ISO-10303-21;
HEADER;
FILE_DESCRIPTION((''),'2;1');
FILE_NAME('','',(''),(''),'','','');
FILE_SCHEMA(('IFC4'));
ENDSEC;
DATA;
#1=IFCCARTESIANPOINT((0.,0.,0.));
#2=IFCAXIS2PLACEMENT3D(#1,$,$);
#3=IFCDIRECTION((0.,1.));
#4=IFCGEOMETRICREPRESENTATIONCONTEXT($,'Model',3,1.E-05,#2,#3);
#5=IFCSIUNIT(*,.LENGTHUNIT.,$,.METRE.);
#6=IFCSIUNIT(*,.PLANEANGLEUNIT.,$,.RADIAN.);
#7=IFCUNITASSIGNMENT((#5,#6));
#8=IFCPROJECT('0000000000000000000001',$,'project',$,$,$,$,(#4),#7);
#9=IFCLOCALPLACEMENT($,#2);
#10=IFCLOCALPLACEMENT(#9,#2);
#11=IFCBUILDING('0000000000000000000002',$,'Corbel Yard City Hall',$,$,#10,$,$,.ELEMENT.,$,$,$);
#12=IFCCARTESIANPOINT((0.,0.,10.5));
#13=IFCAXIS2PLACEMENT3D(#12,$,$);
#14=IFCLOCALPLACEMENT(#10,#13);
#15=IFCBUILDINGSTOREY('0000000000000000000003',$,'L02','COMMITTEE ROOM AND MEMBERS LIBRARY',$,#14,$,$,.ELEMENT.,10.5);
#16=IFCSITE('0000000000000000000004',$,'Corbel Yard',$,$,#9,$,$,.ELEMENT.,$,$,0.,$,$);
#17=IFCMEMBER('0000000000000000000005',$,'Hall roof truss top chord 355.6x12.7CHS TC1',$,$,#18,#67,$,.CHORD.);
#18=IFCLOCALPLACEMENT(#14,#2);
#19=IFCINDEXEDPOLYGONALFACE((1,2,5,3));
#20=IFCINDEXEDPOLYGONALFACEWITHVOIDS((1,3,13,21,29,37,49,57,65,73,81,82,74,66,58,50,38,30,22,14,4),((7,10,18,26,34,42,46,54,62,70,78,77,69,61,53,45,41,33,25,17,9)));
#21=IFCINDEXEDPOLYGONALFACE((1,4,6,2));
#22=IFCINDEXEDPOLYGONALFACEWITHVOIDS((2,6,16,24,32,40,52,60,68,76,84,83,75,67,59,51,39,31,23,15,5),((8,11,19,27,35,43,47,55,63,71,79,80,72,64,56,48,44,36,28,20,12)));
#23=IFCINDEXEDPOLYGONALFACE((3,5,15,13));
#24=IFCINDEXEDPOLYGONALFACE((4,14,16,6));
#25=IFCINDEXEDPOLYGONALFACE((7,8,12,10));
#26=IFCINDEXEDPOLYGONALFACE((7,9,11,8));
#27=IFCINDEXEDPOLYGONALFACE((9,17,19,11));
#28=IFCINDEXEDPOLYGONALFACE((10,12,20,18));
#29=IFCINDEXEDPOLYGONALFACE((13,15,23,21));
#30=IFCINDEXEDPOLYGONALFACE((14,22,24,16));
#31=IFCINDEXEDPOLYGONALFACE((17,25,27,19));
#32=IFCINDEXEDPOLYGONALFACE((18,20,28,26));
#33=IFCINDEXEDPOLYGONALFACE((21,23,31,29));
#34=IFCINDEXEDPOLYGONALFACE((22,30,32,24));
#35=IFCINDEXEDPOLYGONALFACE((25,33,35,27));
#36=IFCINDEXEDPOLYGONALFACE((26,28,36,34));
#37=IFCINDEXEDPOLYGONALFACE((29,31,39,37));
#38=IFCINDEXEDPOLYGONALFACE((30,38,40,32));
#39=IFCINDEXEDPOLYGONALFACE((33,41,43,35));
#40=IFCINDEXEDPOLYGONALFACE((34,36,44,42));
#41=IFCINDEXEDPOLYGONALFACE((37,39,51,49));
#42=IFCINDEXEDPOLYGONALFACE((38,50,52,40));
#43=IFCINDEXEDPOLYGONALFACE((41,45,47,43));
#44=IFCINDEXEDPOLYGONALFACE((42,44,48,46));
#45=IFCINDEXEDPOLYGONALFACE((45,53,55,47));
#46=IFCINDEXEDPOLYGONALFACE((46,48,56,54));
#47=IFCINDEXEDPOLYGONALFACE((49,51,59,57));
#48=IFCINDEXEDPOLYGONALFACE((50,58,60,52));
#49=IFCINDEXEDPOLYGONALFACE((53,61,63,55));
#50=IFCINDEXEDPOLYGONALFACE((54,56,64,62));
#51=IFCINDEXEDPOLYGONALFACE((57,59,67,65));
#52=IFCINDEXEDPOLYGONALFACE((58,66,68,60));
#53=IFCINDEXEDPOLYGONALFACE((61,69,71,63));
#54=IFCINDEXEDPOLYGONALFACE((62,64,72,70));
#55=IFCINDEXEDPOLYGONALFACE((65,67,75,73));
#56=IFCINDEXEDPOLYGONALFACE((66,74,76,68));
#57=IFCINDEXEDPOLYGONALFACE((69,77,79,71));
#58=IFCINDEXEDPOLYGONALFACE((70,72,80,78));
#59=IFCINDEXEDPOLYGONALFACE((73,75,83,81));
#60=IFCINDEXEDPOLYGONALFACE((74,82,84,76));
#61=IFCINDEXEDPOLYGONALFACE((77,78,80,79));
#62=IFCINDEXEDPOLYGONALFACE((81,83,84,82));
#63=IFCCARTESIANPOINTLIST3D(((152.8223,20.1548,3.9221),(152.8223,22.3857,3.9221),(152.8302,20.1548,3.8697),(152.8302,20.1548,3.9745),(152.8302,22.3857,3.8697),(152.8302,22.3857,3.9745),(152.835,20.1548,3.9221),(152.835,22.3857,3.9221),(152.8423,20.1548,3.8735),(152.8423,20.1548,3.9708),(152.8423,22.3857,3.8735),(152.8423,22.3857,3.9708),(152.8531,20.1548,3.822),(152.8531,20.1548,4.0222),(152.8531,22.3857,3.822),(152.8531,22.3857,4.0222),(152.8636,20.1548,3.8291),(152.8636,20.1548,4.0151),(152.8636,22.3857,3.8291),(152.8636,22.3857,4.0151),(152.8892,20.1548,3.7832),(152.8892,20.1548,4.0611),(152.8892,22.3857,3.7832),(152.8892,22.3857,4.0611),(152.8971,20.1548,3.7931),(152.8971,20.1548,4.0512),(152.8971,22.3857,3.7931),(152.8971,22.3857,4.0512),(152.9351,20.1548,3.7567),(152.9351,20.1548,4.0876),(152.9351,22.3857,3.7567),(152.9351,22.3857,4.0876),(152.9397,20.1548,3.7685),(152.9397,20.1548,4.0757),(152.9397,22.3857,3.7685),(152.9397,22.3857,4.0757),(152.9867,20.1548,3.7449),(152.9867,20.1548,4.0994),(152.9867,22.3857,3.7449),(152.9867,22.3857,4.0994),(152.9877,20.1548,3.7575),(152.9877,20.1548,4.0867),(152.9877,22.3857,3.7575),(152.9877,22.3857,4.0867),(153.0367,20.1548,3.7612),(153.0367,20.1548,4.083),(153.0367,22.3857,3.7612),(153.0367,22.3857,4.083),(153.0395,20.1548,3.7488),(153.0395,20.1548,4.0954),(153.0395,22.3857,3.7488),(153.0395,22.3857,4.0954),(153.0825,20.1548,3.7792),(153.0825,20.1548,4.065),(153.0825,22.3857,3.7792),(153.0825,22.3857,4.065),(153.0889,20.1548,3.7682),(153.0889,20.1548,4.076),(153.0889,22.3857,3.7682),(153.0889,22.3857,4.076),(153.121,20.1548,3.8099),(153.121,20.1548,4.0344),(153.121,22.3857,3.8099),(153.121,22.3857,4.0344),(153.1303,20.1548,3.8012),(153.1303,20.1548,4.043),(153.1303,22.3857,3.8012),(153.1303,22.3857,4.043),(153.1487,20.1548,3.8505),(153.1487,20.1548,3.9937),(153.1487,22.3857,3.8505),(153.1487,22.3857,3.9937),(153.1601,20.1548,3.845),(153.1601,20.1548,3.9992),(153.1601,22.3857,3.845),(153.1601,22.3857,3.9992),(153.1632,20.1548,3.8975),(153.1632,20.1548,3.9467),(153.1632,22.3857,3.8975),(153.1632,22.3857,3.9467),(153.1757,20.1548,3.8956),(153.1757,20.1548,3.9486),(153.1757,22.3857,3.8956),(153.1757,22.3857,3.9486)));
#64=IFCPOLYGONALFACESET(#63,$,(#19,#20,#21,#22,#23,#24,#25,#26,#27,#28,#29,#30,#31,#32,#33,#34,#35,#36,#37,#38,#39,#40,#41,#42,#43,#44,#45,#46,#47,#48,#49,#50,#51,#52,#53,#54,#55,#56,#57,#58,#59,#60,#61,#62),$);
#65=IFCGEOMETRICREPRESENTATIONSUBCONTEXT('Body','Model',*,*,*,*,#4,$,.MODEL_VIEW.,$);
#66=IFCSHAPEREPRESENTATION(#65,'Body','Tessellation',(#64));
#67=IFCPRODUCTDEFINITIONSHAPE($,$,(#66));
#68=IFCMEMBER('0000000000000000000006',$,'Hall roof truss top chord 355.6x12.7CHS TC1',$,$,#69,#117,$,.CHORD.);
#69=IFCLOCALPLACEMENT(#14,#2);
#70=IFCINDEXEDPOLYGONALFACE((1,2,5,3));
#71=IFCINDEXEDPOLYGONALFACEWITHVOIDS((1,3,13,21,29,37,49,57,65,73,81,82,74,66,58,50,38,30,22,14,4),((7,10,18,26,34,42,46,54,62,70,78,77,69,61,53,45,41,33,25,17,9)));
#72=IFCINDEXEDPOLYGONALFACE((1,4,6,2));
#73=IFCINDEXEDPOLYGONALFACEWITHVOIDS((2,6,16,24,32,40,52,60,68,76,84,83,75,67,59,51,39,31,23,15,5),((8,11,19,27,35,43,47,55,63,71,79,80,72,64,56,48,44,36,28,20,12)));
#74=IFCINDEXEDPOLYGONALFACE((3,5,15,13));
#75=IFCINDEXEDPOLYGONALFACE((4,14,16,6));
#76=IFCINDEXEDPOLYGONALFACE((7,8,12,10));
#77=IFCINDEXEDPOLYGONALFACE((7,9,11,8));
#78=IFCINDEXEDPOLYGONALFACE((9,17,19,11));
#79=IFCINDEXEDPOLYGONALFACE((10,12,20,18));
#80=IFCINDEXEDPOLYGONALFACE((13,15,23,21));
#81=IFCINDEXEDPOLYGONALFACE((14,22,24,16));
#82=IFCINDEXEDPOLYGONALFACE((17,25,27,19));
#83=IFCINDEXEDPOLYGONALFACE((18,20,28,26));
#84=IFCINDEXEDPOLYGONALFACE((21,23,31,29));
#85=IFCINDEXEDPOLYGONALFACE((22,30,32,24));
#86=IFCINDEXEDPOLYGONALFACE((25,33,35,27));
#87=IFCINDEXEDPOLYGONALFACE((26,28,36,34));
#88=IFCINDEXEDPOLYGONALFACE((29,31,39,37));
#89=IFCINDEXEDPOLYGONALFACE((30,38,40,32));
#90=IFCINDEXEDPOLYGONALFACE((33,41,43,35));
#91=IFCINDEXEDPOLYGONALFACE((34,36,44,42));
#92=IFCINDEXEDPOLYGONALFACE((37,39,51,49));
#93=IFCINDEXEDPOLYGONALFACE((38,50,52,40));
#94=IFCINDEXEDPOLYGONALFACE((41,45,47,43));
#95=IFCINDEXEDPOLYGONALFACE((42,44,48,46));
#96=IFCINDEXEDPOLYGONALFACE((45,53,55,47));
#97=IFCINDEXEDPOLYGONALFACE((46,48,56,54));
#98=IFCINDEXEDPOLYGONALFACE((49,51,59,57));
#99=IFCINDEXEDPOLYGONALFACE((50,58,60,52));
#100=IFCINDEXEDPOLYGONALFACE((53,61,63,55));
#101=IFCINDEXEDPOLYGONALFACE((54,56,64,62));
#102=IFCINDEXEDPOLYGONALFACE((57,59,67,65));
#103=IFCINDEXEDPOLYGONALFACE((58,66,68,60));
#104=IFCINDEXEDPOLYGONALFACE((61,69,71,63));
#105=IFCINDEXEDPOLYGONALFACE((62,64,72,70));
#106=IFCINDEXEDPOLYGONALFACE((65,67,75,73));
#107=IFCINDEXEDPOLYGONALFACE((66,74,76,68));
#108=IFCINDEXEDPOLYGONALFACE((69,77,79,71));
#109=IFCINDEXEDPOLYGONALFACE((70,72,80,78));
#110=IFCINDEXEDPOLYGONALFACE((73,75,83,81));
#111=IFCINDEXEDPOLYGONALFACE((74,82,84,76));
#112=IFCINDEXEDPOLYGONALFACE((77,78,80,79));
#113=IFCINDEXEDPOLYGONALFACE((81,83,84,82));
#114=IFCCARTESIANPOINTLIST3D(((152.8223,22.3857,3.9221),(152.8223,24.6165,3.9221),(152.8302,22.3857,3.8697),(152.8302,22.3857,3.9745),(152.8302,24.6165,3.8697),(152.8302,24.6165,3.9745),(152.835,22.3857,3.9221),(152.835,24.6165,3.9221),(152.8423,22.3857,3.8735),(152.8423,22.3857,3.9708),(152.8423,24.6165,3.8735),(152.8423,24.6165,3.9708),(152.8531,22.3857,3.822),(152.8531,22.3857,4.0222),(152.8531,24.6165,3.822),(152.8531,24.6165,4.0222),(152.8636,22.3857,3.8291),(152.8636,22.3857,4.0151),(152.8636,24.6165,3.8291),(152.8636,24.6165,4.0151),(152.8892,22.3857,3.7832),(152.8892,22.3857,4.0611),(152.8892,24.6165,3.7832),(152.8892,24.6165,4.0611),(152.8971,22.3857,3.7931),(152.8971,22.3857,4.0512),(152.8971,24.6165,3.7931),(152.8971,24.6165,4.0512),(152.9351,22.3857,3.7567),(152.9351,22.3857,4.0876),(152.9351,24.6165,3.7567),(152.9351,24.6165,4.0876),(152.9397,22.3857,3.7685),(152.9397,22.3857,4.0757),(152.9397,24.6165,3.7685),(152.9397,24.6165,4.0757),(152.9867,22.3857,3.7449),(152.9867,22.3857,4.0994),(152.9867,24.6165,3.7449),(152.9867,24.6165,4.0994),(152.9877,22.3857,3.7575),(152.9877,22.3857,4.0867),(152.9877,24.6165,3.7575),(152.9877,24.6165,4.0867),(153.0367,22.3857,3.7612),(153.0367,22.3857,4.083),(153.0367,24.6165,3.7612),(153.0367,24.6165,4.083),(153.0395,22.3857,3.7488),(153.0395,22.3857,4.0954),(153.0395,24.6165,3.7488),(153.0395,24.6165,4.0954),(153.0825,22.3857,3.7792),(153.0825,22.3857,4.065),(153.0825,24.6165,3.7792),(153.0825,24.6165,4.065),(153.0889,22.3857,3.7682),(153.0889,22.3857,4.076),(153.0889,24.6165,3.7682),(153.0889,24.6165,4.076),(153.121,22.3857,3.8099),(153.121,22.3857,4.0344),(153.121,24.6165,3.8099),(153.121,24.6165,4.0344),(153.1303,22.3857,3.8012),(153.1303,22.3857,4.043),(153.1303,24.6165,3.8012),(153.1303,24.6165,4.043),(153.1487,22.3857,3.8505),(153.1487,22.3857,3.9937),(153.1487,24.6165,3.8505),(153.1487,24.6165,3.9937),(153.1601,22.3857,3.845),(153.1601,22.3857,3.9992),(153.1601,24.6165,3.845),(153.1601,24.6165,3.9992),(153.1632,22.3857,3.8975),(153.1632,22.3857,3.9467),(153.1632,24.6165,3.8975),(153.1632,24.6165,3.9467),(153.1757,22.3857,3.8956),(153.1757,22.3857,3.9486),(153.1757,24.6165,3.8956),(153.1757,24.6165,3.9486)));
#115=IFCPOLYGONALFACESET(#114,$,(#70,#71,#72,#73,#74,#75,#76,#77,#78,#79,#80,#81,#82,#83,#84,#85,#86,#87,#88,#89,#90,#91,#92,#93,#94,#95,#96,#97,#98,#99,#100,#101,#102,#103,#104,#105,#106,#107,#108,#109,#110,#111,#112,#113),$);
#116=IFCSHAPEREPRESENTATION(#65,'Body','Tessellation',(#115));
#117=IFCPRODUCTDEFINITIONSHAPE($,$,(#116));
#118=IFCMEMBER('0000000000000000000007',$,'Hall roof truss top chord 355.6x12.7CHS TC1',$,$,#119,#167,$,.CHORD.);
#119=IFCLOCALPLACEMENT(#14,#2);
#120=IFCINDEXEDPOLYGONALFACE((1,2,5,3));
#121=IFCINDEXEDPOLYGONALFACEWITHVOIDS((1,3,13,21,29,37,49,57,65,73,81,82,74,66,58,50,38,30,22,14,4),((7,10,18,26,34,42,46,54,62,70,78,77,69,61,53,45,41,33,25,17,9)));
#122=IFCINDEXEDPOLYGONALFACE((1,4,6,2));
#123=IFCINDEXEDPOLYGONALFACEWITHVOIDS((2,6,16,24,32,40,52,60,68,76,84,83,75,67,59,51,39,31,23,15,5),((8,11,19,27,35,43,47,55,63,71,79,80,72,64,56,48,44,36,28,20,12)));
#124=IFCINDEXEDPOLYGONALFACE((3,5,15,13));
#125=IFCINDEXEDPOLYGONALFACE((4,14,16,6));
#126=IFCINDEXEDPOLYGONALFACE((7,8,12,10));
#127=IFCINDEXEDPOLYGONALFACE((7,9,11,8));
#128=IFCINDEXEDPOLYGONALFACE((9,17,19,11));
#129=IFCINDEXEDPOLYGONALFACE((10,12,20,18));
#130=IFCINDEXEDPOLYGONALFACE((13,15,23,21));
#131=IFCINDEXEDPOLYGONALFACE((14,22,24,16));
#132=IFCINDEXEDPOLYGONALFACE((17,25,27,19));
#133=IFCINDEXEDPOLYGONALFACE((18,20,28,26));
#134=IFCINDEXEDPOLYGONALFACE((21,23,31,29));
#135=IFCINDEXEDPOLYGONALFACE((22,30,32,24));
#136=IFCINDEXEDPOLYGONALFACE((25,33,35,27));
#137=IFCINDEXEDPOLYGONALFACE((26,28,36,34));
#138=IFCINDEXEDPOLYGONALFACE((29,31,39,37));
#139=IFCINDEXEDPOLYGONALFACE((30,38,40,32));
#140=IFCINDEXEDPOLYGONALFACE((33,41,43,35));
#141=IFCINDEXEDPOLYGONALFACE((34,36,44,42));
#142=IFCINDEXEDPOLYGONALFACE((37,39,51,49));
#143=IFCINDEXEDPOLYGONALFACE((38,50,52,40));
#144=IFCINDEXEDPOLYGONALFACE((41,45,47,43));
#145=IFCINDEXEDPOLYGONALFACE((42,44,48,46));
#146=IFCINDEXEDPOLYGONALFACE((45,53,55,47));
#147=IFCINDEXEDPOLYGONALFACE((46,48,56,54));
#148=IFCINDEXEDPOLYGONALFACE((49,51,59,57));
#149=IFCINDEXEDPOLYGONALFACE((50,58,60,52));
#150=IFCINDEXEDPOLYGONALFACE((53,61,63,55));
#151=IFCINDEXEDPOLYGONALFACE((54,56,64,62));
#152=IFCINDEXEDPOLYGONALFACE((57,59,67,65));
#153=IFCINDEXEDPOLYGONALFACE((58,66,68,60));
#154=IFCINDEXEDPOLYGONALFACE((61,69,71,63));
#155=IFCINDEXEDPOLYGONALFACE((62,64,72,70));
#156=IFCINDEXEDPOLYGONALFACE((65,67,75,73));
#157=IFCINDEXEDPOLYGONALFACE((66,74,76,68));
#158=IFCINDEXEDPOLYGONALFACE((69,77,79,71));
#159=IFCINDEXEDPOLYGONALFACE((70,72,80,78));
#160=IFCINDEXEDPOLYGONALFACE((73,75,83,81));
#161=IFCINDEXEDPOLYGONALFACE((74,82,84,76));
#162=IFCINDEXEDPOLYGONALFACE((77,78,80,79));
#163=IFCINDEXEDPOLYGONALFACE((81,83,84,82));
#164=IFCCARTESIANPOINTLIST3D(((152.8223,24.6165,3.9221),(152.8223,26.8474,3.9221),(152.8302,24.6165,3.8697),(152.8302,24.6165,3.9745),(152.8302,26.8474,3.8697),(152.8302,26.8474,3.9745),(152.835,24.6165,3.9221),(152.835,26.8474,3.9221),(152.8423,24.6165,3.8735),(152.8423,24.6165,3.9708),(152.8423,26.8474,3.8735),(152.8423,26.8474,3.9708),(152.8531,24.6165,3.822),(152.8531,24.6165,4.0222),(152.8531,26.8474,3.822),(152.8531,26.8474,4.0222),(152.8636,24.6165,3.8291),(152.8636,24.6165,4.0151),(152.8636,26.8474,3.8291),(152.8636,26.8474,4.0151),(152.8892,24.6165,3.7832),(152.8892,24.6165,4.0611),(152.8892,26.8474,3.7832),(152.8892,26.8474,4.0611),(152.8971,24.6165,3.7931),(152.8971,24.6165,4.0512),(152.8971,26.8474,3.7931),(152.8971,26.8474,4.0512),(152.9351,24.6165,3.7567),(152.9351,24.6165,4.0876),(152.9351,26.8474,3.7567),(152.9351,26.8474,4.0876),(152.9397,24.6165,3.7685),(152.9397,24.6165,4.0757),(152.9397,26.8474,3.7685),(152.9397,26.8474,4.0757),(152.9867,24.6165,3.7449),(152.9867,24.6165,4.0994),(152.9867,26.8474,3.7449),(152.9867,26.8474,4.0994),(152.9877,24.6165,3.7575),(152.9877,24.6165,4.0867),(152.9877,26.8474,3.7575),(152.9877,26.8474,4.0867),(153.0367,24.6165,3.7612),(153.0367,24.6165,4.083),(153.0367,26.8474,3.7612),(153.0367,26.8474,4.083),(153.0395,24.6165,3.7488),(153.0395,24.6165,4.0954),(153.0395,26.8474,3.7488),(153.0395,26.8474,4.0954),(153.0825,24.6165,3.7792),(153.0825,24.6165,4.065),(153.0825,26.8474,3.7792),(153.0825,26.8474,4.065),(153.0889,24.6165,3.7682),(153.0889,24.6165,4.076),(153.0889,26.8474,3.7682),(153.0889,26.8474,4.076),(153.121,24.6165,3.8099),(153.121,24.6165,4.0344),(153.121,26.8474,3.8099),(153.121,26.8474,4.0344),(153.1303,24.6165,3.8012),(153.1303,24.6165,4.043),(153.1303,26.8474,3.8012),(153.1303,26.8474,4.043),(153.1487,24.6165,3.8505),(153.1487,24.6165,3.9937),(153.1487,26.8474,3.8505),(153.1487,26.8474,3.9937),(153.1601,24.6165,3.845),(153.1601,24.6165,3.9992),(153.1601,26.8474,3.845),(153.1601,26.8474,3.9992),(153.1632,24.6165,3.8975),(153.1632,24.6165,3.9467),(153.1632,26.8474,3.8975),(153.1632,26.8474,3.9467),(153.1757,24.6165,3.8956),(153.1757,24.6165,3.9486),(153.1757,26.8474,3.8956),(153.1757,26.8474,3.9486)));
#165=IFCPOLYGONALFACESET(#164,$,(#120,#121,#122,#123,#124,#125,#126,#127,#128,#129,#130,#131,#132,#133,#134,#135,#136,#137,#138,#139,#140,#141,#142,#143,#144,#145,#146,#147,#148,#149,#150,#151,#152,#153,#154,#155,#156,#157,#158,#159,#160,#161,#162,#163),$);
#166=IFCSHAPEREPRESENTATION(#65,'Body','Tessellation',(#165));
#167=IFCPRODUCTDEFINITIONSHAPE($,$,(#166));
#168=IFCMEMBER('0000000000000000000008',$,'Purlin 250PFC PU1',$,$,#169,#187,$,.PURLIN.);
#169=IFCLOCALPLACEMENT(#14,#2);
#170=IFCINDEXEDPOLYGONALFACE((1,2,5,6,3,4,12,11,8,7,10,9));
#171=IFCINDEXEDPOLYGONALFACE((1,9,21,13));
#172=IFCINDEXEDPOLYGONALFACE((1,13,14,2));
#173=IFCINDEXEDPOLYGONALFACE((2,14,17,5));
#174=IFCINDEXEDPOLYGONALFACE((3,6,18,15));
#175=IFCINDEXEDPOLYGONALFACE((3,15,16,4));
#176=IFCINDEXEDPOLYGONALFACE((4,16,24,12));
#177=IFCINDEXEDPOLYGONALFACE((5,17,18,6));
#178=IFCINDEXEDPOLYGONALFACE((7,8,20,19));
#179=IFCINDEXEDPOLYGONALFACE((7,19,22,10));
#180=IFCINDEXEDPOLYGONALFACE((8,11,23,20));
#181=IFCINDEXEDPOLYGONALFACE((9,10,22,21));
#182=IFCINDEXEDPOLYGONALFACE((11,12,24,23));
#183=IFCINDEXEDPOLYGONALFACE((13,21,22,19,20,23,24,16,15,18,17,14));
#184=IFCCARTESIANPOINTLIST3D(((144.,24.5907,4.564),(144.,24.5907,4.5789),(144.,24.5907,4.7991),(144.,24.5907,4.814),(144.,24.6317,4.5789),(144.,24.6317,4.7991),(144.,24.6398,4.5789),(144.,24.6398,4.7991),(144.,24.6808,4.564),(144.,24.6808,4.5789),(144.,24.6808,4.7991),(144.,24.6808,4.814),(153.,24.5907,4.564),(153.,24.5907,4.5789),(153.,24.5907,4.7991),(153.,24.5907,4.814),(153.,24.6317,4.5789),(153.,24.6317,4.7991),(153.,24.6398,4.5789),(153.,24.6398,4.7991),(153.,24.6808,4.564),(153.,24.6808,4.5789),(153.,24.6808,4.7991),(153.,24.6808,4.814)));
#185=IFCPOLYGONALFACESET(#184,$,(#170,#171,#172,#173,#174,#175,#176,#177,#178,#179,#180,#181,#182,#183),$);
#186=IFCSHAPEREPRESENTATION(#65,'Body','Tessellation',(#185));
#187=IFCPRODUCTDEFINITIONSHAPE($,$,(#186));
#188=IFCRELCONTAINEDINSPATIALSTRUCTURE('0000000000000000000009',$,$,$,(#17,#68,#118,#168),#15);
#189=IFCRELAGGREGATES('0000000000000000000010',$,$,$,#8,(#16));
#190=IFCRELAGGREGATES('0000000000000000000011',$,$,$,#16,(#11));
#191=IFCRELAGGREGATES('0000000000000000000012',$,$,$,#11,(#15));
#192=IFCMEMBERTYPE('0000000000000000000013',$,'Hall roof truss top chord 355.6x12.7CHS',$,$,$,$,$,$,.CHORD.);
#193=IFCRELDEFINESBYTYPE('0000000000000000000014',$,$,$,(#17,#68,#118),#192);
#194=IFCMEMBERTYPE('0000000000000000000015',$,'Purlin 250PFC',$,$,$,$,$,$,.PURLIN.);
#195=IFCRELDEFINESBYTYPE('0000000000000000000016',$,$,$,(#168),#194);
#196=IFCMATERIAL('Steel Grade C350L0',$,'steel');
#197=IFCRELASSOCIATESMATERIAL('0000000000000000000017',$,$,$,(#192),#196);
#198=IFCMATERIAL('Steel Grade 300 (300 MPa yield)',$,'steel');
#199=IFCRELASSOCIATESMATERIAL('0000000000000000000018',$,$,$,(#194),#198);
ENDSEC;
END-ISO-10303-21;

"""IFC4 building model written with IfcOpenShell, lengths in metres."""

from ifc_helpers import new_model, si_unit, direction, frame, origin, origin_2d, place, context, subcontext, project, spatial, hollow_circle, i_section, extrude, material, material_profile, profile_set, type_object, element, save


model = new_model("IFC4")

# Units and contexts
model_context = context("Model", 3, precision=1e-05, world=origin(), true_north=direction((0.0, 1.0)))
body_context = subcontext(model_context, "Body", "Model", "MODEL_VIEW")
ifc_project = project(units=[si_unit("LENGTHUNIT", "METRE"), si_unit("PLANEANGLEUNIT", "RADIAN")], contexts=[model_context])

# Site, building, storey
site_placement = place(None, origin())
site = spatial("IfcSite", under=ifc_project, at=site_placement, Name="Corbel Yard", CompositionType="ELEMENT", RefElevation=0.0)
building_placement = place(site_placement, origin())
building = spatial("IfcBuilding", under=site, at=building_placement, Name="Corbel Yard City Hall", CompositionType="ELEMENT")
storey_placement = place(building_placement, frame((0.0, 0.0, 10.5)))
storey = spatial("IfcBuildingStorey", under=building, at=storey_placement, Name="L02", Description="COMMITTEE ROOM AND MEMBERS LIBRARY", CompositionType="ELEMENT", Elevation=10.5)

# Members
ifc_material_1 = material(Name="Steel Grade 300 (300 MPa yield)", Category="steel")
ifc_material_2 = material(Name="Steel Grade C350L0", Category="steel")
ifc_material_profile_1 = material_profile(ifc_material_2, hollow_circle(Radius=0.1777, WallThickness=0.0127, at=origin_2d()), Name="355.6x12.7CHS")
ifc_profile_set_1 = profile_set([ifc_material_profile_1], Name="Steel Grade C350L0")
member_type_1 = type_object("IfcMemberType", Name="Hall roof truss top chord 355.6x12.7CHS", PredefinedType="CHORD", material=ifc_profile_set_1)
for number, where, z_axis, x_axis, name in (
    (1, (153.0, 20.1548, 3.9221), (0.0, 1.0, 0.0), (-1.0, 0.0, 0.0), "Hall roof truss top chord 355.6x12.7CHS TC1"),
):
    element("IfcMember", number, at=place(storey_placement, frame(where, z_axis=z_axis, x_axis=x_axis)), inside=storey, type_object=member_type_1, Name=name, PredefinedType="CHORD", context=body_context, shape_type="SweptSolid", body=[
        extrude(hollow_circle(Radius=0.1777, WallThickness=0.0127, at=origin_2d()), origin(), (0.0, 0.0, 1.0), 2.231),
    ])
member_1_placement = place(storey_placement, frame((153.0, 22.3857, 3.9221), z_axis=(0.0, 1.0, 0.0), x_axis=(-1.0, 0.0, 0.0)))
element("IfcMember", 2, at=member_1_placement, inside=storey, type_object=member_type_1, Name="Hall roof truss top chord 355.6x12.7CHS TC1", PredefinedType="CHORD", context=body_context, shape_type="SweptSolid", body=[
    extrude(hollow_circle(Radius=0.1777, WallThickness=0.0127, at=origin_2d()), origin(), (0.0, 0.0, 1.0), 2.2307),
])
member_2_placement = place(storey_placement, frame((153.0, 24.6165, 3.9221), z_axis=(0.0, 1.0, 0.0), x_axis=(-1.0, 0.0, 0.0)))
element("IfcMember", 3, at=member_2_placement, inside=storey, type_object=member_type_1, Name="Hall roof truss top chord 355.6x12.7CHS TC1", PredefinedType="CHORD", context=body_context, shape_type="SweptSolid", body=[
    extrude(hollow_circle(Radius=0.1777, WallThickness=0.0127, at=origin_2d()), origin(), (0.0, 0.0, 1.0), 2.231),
])
ifc_material_profile_2 = material_profile(ifc_material_1, i_section(OverallWidth=0.0901, OverallDepth=0.25, WebThickness=0.0081, FlangeThickness=0.0149, at=origin_2d()), Name="250PFC")
ifc_profile_set_2 = profile_set([ifc_material_profile_2], Name="Steel Grade 300 (300 MPa yield)")
member_type_2 = type_object("IfcMemberType", Name="Purlin 250PFC", PredefinedType="PURLIN", material=ifc_profile_set_2)
for number, where, z_axis, x_axis, name in (
    (4, (144.0, 24.6357, 4.689), (1.0, 0.0, 0.0), (0.0, 1.0, 0.0), "Purlin 250PFC PU1"),
):
    element("IfcMember", number, at=place(storey_placement, frame(where, z_axis=z_axis, x_axis=x_axis)), inside=storey, type_object=member_type_2, Name=name, PredefinedType="PURLIN", context=body_context, shape_type="SweptSolid", body=[
        extrude(i_section(OverallWidth=0.0901, OverallDepth=0.25, WebThickness=0.0081, FlangeThickness=0.0149, at=origin_2d()), origin(), (0.0, 0.0, 1.0), 9.0),
    ])

save(model, "model.ifc")
